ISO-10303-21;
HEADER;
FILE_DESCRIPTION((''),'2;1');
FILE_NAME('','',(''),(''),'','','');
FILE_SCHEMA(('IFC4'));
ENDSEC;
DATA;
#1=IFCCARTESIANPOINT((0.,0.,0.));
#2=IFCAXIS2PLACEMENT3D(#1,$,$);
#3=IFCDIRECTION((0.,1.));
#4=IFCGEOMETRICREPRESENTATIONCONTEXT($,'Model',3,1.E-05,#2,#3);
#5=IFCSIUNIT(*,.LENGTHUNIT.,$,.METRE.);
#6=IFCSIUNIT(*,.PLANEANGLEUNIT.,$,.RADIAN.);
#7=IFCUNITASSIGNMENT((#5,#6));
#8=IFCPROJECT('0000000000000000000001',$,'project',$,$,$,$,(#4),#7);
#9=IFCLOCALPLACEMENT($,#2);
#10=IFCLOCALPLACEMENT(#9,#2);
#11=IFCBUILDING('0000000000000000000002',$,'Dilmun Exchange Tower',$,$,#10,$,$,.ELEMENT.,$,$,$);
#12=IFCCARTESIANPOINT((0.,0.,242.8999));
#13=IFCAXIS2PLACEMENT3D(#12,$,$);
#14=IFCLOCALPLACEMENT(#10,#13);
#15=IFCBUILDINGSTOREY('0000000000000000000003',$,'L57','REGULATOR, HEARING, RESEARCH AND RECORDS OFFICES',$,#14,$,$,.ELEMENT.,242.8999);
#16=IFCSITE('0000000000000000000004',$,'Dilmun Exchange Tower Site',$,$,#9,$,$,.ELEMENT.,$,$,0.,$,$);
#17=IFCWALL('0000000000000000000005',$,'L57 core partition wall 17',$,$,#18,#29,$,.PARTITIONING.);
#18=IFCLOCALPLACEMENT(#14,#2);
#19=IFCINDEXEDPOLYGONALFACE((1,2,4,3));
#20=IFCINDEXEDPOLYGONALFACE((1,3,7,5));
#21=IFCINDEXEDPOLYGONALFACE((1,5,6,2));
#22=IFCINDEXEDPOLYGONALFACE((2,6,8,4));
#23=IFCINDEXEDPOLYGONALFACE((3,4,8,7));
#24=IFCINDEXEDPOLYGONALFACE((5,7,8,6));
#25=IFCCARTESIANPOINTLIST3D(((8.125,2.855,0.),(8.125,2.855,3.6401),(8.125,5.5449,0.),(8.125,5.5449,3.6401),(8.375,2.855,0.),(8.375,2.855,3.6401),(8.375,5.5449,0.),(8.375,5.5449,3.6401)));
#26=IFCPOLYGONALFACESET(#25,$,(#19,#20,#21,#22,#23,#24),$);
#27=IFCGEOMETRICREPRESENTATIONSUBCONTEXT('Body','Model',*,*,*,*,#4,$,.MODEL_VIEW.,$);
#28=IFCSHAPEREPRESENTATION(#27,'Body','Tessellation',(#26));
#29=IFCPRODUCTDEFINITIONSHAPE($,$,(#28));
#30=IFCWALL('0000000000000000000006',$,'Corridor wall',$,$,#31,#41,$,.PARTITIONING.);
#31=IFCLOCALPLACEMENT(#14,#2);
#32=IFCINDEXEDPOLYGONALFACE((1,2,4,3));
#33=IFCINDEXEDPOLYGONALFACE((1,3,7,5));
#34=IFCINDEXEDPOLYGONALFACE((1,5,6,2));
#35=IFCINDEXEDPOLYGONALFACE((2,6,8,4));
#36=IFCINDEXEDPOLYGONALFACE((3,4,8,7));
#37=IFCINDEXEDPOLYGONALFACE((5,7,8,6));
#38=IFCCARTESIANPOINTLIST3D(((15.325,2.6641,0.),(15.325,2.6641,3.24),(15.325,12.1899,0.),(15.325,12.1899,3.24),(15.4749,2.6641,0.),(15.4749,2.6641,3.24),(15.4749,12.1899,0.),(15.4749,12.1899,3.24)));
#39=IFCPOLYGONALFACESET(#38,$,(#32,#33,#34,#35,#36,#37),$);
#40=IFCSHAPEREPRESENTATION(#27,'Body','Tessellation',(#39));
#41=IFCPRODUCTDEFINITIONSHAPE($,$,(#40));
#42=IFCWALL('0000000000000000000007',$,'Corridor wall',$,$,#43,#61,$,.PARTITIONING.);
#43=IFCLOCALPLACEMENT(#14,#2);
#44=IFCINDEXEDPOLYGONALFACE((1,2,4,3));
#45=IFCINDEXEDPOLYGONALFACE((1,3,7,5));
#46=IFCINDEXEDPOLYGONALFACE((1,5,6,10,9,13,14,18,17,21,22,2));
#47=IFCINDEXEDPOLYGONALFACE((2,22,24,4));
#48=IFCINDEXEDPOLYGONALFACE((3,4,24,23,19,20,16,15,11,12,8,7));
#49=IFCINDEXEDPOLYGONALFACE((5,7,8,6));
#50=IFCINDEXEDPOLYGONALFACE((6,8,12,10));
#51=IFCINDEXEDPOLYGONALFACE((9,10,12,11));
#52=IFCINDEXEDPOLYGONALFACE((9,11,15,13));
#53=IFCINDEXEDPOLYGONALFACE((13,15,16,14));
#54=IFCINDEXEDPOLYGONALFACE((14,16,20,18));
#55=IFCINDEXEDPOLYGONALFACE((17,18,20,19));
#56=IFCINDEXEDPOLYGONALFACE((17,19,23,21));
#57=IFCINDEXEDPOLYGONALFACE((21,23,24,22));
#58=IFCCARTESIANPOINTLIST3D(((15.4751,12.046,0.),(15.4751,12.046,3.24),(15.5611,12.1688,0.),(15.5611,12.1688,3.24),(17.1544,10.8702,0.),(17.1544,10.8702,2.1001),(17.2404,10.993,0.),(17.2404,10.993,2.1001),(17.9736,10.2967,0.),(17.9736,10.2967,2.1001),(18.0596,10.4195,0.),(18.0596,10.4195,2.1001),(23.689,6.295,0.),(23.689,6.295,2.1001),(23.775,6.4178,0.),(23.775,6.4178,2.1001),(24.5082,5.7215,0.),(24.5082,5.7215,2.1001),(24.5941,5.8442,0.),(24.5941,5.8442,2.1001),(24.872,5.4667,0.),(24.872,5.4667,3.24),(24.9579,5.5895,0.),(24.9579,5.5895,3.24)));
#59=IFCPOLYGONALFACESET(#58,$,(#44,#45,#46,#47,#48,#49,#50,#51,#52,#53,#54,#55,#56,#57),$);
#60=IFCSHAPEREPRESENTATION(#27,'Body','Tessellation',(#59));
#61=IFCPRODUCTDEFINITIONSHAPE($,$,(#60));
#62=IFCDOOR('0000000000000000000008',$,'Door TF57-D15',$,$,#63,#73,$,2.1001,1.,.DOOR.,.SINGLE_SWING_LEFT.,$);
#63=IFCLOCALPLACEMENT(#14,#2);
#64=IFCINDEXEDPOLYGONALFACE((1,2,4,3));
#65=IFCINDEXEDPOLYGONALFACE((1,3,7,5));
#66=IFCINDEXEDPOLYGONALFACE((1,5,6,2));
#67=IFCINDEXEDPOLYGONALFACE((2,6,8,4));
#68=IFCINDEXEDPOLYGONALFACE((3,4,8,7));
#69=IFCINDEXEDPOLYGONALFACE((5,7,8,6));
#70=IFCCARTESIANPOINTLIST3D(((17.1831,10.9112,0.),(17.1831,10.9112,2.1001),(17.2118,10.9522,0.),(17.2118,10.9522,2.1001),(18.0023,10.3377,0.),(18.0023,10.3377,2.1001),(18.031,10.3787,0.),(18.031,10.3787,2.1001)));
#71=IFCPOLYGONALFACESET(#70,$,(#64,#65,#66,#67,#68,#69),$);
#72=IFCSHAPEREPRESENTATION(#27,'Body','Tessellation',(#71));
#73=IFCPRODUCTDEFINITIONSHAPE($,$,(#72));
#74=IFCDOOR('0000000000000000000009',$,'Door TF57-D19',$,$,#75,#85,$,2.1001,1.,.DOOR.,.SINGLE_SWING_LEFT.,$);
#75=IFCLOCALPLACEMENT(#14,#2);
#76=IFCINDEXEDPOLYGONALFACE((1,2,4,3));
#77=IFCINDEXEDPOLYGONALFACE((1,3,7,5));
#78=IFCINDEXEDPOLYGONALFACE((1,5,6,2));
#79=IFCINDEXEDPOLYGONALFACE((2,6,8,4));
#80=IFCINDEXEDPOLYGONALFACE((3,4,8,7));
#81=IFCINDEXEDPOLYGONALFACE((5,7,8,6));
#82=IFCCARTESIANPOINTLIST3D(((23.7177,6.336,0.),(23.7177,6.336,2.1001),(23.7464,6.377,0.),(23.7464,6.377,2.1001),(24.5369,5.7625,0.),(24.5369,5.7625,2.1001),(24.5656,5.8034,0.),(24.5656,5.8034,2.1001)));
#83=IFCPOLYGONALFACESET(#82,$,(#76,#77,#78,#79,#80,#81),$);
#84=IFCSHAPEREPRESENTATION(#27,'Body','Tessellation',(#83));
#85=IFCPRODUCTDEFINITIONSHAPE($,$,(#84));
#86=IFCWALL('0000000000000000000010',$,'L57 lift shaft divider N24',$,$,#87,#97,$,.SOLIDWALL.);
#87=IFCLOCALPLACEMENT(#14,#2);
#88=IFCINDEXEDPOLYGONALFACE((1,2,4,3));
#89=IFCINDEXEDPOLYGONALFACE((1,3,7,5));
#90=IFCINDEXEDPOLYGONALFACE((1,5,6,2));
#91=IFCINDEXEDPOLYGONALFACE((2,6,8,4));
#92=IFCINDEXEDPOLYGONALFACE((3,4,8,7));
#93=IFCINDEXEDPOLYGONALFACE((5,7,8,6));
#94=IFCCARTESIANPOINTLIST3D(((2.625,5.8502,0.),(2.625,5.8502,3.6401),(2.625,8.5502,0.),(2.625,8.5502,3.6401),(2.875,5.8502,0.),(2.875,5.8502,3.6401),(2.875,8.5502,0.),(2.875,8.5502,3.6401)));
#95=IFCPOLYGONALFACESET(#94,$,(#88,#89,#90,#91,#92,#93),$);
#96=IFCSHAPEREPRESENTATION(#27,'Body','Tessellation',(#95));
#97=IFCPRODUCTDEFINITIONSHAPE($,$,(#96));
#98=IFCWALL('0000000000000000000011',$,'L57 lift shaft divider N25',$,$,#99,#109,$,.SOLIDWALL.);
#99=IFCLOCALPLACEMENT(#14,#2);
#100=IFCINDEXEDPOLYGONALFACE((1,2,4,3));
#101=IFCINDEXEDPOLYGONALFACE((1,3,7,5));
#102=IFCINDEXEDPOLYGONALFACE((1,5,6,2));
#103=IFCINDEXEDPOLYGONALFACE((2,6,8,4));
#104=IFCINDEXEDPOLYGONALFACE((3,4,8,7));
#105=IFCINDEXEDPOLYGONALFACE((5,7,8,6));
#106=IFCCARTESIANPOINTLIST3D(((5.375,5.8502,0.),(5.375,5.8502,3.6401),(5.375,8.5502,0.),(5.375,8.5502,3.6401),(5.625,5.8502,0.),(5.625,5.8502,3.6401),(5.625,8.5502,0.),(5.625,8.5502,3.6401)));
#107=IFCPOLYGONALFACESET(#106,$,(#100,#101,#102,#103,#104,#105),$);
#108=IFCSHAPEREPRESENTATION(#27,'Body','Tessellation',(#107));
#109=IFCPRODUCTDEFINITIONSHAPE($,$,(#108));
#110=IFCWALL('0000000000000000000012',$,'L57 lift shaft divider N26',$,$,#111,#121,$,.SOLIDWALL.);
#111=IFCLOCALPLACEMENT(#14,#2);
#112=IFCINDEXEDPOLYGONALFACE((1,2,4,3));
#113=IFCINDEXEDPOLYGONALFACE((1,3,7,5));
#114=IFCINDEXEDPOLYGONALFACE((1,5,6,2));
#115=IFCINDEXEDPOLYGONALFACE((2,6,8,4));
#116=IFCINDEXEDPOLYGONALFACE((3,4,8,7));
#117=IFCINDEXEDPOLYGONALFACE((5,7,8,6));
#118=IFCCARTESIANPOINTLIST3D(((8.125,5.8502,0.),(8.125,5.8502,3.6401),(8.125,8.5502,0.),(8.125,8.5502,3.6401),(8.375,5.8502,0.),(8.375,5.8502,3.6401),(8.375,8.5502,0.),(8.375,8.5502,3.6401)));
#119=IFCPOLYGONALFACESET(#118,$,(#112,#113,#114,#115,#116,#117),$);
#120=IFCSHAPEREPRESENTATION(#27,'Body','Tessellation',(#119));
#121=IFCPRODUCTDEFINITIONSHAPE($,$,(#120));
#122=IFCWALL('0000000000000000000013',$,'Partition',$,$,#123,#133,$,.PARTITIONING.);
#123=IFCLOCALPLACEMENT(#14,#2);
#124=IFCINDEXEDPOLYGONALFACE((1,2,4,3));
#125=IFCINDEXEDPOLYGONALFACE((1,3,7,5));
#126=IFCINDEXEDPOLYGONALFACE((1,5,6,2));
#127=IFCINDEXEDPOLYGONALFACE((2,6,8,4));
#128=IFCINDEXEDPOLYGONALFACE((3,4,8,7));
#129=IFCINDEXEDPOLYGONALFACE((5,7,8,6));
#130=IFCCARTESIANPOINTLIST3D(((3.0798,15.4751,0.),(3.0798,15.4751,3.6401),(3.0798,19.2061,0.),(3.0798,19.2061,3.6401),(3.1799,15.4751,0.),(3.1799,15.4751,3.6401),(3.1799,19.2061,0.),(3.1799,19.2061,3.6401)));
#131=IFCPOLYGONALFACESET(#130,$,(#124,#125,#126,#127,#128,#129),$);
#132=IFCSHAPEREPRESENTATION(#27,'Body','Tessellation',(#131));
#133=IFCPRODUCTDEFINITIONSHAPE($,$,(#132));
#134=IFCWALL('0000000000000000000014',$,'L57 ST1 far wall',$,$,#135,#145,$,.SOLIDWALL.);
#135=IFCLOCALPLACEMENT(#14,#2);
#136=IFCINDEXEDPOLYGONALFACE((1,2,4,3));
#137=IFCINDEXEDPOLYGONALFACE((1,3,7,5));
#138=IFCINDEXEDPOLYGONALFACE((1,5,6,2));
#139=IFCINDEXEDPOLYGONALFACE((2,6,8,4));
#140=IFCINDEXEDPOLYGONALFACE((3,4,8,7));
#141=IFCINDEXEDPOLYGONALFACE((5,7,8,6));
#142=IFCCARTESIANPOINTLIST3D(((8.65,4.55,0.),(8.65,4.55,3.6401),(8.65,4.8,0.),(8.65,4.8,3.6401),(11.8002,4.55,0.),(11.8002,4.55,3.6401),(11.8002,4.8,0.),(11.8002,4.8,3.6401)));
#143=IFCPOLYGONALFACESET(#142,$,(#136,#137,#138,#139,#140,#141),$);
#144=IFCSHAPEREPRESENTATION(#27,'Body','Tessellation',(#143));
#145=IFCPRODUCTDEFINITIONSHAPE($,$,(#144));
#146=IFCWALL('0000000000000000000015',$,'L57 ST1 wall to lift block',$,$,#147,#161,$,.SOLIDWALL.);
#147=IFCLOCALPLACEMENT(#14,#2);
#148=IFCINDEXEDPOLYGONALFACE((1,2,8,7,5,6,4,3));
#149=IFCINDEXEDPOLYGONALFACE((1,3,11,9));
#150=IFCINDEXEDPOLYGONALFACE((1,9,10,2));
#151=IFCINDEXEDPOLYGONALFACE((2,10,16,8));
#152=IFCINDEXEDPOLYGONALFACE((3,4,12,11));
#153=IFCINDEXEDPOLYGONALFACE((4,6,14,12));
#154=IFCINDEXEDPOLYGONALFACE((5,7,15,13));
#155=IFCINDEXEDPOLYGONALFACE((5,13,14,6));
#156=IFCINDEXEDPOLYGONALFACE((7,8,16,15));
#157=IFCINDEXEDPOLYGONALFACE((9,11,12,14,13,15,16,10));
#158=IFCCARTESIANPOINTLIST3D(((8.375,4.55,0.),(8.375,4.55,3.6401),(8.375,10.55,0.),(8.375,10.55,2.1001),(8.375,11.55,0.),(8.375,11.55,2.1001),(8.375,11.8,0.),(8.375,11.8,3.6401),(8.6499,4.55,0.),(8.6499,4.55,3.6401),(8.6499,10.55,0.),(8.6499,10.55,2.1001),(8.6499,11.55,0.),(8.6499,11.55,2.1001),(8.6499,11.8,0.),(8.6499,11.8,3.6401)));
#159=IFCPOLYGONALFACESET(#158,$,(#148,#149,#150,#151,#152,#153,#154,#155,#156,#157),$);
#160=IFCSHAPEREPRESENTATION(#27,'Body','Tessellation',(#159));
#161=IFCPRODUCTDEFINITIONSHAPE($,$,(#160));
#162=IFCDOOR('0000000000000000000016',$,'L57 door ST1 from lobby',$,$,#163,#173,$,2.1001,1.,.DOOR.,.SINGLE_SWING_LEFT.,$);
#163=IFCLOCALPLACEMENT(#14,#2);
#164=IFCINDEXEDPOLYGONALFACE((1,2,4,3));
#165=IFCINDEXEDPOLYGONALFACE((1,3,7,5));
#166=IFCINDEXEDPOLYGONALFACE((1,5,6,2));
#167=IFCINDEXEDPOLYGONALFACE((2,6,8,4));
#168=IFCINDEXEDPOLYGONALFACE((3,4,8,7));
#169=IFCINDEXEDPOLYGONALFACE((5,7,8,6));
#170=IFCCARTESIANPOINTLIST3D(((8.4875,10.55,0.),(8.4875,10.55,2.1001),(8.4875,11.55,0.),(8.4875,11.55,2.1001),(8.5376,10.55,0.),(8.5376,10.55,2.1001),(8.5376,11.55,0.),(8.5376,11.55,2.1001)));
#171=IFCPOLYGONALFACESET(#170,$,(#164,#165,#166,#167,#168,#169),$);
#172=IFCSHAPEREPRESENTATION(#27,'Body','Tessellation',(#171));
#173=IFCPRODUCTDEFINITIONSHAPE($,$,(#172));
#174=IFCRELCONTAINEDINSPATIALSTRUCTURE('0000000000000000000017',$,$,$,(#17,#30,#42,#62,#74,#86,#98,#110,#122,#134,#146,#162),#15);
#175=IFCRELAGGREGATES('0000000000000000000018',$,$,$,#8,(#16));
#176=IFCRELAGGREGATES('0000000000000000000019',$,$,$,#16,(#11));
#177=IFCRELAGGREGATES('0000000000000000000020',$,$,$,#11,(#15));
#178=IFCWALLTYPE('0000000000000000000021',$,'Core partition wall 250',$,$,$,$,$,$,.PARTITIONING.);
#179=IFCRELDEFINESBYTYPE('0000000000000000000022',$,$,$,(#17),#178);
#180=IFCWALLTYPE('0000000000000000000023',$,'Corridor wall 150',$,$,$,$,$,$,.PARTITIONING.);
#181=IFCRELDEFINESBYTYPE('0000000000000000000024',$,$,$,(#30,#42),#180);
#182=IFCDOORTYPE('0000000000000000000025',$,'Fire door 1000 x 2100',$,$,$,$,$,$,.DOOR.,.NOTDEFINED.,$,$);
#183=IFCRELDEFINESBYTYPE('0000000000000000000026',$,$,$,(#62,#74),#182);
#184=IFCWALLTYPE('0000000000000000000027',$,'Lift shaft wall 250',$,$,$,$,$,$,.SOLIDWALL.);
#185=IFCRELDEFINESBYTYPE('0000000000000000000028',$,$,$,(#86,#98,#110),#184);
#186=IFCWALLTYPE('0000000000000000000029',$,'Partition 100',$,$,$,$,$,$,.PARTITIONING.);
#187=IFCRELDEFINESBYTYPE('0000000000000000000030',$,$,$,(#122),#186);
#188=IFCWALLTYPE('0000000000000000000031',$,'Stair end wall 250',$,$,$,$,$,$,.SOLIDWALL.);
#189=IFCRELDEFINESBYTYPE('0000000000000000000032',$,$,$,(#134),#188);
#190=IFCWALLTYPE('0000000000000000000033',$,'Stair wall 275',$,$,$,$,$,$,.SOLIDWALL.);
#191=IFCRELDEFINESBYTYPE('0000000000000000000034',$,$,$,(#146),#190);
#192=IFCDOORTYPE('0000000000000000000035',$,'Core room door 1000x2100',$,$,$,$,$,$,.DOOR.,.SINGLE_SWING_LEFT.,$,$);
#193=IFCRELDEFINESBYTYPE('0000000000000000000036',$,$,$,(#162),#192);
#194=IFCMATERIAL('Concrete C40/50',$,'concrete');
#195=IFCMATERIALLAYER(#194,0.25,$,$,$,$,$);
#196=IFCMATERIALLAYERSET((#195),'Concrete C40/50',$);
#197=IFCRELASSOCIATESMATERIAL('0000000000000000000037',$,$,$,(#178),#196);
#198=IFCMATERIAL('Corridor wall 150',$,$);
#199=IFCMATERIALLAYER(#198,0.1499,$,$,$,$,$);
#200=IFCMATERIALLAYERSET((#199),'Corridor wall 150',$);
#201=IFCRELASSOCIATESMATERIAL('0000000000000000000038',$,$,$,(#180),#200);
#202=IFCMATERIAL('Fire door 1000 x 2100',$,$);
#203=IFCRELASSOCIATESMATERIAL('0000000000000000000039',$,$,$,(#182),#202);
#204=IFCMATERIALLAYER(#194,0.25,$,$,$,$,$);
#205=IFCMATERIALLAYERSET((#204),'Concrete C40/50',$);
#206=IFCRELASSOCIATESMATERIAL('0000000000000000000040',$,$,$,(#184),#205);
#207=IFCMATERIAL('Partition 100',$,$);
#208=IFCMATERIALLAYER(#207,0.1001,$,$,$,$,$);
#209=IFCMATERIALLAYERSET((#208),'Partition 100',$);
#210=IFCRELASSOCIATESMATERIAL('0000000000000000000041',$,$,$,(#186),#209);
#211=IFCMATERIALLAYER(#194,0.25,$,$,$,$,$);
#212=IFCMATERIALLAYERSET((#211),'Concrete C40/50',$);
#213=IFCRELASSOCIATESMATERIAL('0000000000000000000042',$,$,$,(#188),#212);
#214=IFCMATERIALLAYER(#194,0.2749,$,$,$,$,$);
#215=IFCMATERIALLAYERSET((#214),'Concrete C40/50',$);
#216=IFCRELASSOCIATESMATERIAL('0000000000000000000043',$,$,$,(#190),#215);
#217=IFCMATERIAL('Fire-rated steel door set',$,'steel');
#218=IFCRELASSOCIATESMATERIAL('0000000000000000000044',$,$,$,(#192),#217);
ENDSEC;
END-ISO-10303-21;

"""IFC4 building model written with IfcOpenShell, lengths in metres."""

from ifc_helpers import new_model, si_unit, direction, frame, frame_2d, origin, place, context, subcontext, project, spatial, rectangle, extrude, material, layer, layer_set, type_object, element, fill, save


model = new_model("IFC4")

# Units and contexts
model_context = context("Model", 3, precision=1e-05, world=origin(), true_north=direction((0.0, 1.0)))
body_context = subcontext(model_context, "Body", "Model", "MODEL_VIEW")
ifc_project = project(units=[si_unit("LENGTHUNIT", "METRE"), si_unit("PLANEANGLEUNIT", "RADIAN")], contexts=[model_context])

# Site, building, storey
site_placement = place(None, origin())
site = spatial("IfcSite", under=ifc_project, at=site_placement, Name="Dilmun Exchange Tower Site", CompositionType="ELEMENT", RefElevation=0.0)
building_placement = place(site_placement, origin())
building = spatial("IfcBuilding", under=site, at=building_placement, Name="Dilmun Exchange Tower", CompositionType="ELEMENT")
storey_placement = place(building_placement, frame((0.0, 0.0, 242.8999)))
storey = spatial("IfcBuildingStorey", under=building, at=storey_placement, Name="L57", Description="REGULATOR, HEARING, RESEARCH AND RECORDS OFFICES", CompositionType="ELEMENT", Elevation=242.8999)

# Walls
ifc_material_1 = material(Name="Concrete C40/50", Category="concrete")
ifc_layer_1 = layer(ifc_material_1, 0.25)
ifc_layer_set_1 = layer_set([ifc_layer_1], Name="Concrete C40/50")
wall_type_1 = type_object("IfcWallType", Name="Core partition wall 250", PredefinedType="PARTITIONING", material=ifc_layer_set_1)
wall_1_placement = place(storey_placement, frame((8.25, 2.855, 0.0), z_axis=(0.0, 0.0, 1.0), x_axis=(0.0, 1.0, 0.0)))
element("IfcWall", 1, at=wall_1_placement, inside=storey, type_object=wall_type_1, Name="L57 core partition wall 17", PredefinedType="PARTITIONING", context=body_context, shape_type="SweptSolid", body=[
    extrude(rectangle(XDim=2.6899, YDim=0.25, at=frame_2d((1.345, 0.0))), origin(), (0.0, 0.0, 1.0), 3.6401),
])
ifc_material_2 = material(Name="Corridor wall 150")
ifc_layer_2 = layer(ifc_material_2, 0.1499)
ifc_layer_set_2 = layer_set([ifc_layer_2], Name="Corridor wall 150")
wall_type_2 = type_object("IfcWallType", Name="Corridor wall 150", PredefinedType="PARTITIONING", material=ifc_layer_set_2)
wall_2_placement = place(storey_placement, frame((15.3999, 2.6641, 0.0), z_axis=(0.0, 0.0, 1.0), x_axis=(0.0, 1.0, 0.0)))
element("IfcWall", 2, at=wall_2_placement, inside=storey, type_object=wall_type_2, Name="Corridor wall", PredefinedType="PARTITIONING", context=body_context, shape_type="SweptSolid", body=[
    extrude(rectangle(XDim=9.5259, YDim=0.1499, at=frame_2d((4.7629, 0.0))), origin(), (0.0, 0.0, 1.0), 3.24),
])

# Wall, openings, doors
wall_3_placement = place(storey_placement, frame((15.5181, 12.1074, 0.0), z_axis=(0.0, 0.0, 1.0), x_axis=(0.819172, -0.573548, 0.0)))
wall_3 = element("IfcWall", 3, at=wall_3_placement, inside=storey, type_object=wall_type_2, Name="Corridor wall", PredefinedType="PARTITIONING", context=body_context, shape_type="SweptSolid", body=[
    extrude(rectangle(XDim=11.4712, YDim=0.1499, at=frame_2d((5.7356, 0.0))), origin(), (0.0, 0.0, 1.0), 3.24),
])
opening_1_placement = place(wall_3_placement, frame((2.05, 0.0, 0.0)))
opening_1 = element("IfcOpeningElement", 4, at=opening_1_placement, cuts=wall_3, PredefinedType="OPENING", context=body_context, shape_type="SweptSolid", body=[
    extrude(rectangle(XDim=1.0, YDim=2.1001, at=frame_2d((0.5, 1.05))), frame((0.0, 0.085, 0.0), z_axis=(0.0, -1.0, 0.0), x_axis=(1.0, 0.0, 0.0)), (0.0, 0.0, 1.0), 0.1699),
])
opening_2_placement = place(wall_3_placement, frame((10.0271, 0.0, 0.0)))
opening_2 = element("IfcOpeningElement", 5, at=opening_2_placement, cuts=wall_3, PredefinedType="OPENING", context=body_context, shape_type="SweptSolid", body=[
    extrude(rectangle(XDim=1.0, YDim=2.1001, at=frame_2d((0.5, 1.05))), frame((0.0, 0.085, 0.0), z_axis=(0.0, -1.0, 0.0), x_axis=(1.0, 0.0, 0.0)), (0.0, 0.0, 1.0), 0.1699),
])
ifc_material_3 = material(Name="Fire door 1000 x 2100")
door_type_1 = type_object("IfcDoorType", Name="Fire door 1000 x 2100", OperationType="NOTDEFINED", PredefinedType="DOOR", material=ifc_material_3)
door_1_placement = place(opening_1_placement, frame((1.0, 0.0, 0.0), z_axis=(0.0, 0.0, 1.0), x_axis=(-1.0, 0.0, 0.0)))
door_1 = element("IfcDoor", 6, at=door_1_placement, inside=storey, type_object=door_type_1, Name="Door TF57-D15", OperationType="SINGLE_SWING_LEFT", OverallHeight=2.1001, OverallWidth=1.0, PredefinedType="DOOR", context=body_context, shape_type="SweptSolid", body=[
    extrude(rectangle(XDim=1.0, YDim=2.1001, at=frame_2d((0.5, 1.05))), frame((0.0, 0.0249, 0.0), z_axis=(0.0, -1.0, 0.0), x_axis=(1.0, 0.0, 0.0)), (0.0, 0.0, 1.0), 0.05),
])
fill(opening_1, door_1)
door_2_placement = place(opening_2_placement, frame((1.0, 0.0, 0.0), z_axis=(0.0, 0.0, 1.0), x_axis=(-1.0, 0.0, 0.0)))
door_2 = element("IfcDoor", 7, at=door_2_placement, inside=storey, type_object=door_type_1, Name="Door TF57-D19", OperationType="SINGLE_SWING_LEFT", OverallHeight=2.1001, OverallWidth=1.0, PredefinedType="DOOR", context=body_context, shape_type="SweptSolid", body=[
    extrude(rectangle(XDim=1.0, YDim=2.1001, at=frame_2d((0.5, 1.05))), frame((0.0, 0.0249, 0.0), z_axis=(0.0, -1.0, 0.0), x_axis=(1.0, 0.0, 0.0)), (0.0, 0.0, 1.0), 0.05),
])
fill(opening_2, door_2)

# Walls
ifc_layer_3 = layer(ifc_material_1, 0.25)
ifc_layer_set_3 = layer_set([ifc_layer_3], Name="Concrete C40/50")
wall_type_3 = type_object("IfcWallType", Name="Lift shaft wall 250", PredefinedType="SOLIDWALL", material=ifc_layer_set_3)
for number, where, z_axis, x_axis, name in (
    (8, (2.75, 5.8501, 0.0), (0.0, 0.0, 1.0), (0.0, 1.0, 0.0), "L57 lift shaft divider N24"),
    (9, (5.5, 5.8501, 0.0), (0.0, 0.0, 1.0), (0.0, 1.0, 0.0), "L57 lift shaft divider N25"),
    (10, (8.25, 5.8501, 0.0), (0.0, 0.0, 1.0), (0.0, 1.0, 0.0), "L57 lift shaft divider N26"),
):
    element("IfcWall", number, at=place(storey_placement, frame(where, z_axis=z_axis, x_axis=x_axis)), inside=storey, type_object=wall_type_3, Name=name, PredefinedType="SOLIDWALL", context=body_context, shape_type="SweptSolid", body=[
        extrude(rectangle(XDim=2.7, YDim=0.25, at=frame_2d((1.3501, 0.0))), origin(), (0.0, 0.0, 1.0), 3.6401),
    ])
ifc_material_4 = material(Name="Partition 100")
ifc_layer_4 = layer(ifc_material_4, 0.1001)
ifc_layer_set_4 = layer_set([ifc_layer_4], Name="Partition 100")
wall_type_4 = type_object("IfcWallType", Name="Partition 100", PredefinedType="PARTITIONING", material=ifc_layer_set_4)
wall_4_placement = place(storey_placement, frame((3.1299, 15.4751, 0.0), z_axis=(0.0, 0.0, 1.0), x_axis=(0.0, 1.0, 0.0)))
element("IfcWall", 11, at=wall_4_placement, inside=storey, type_object=wall_type_4, Name="Partition", PredefinedType="PARTITIONING", context=body_context, shape_type="SweptSolid", body=[
    extrude(rectangle(XDim=3.731, YDim=0.1001, at=frame_2d((1.8655, 0.0))), origin(), (0.0, 0.0, 1.0), 3.6401),
])
ifc_layer_5 = layer(ifc_material_1, 0.25)
ifc_layer_set_5 = layer_set([ifc_layer_5], Name="Concrete C40/50")
wall_type_5 = type_object("IfcWallType", Name="Stair end wall 250", PredefinedType="SOLIDWALL", material=ifc_layer_set_5)
wall_5_placement = place(storey_placement, frame((8.6499, 4.675, 0.0), z_axis=(0.0, 0.0, 1.0), x_axis=(1.0, 0.0, 0.0)))
element("IfcWall", 12, at=wall_5_placement, inside=storey, type_object=wall_type_5, Name="L57 ST1 far wall", PredefinedType="SOLIDWALL", context=body_context, shape_type="SweptSolid", body=[
    extrude(rectangle(XDim=3.1501, YDim=0.25, at=frame_2d((1.5752, 0.0))), origin(), (0.0, 0.0, 1.0), 3.6401),
])

# Wall, opening, door
ifc_layer_6 = layer(ifc_material_1, 0.2749)
ifc_layer_set_6 = layer_set([ifc_layer_6], Name="Concrete C40/50")
wall_type_6 = type_object("IfcWallType", Name="Stair wall 275", PredefinedType="SOLIDWALL", material=ifc_layer_set_6)
wall_6_placement = place(storey_placement, frame((8.5125, 4.55, 0.0), z_axis=(0.0, 0.0, 1.0), x_axis=(0.0, 1.0, 0.0)))
wall_6 = element("IfcWall", 13, at=wall_6_placement, inside=storey, type_object=wall_type_6, Name="L57 ST1 wall to lift block", PredefinedType="SOLIDWALL", context=body_context, shape_type="SweptSolid", body=[
    extrude(rectangle(XDim=7.25, YDim=0.2749, at=frame_2d((3.625, 0.0))), origin(), (0.0, 0.0, 1.0), 3.6401),
])
opening_3_placement = place(wall_6_placement, frame((6.0, 0.0, 0.0)))
opening_3 = element("IfcOpeningElement", 14, at=opening_3_placement, cuts=wall_6, PredefinedType="OPENING", context=body_context, shape_type="SweptSolid", body=[
    extrude(rectangle(XDim=1.0, YDim=2.1001, at=frame_2d((0.5, 1.05))), frame((0.0, 0.1475, 0.0), z_axis=(0.0, -1.0, 0.0), x_axis=(1.0, 0.0, 0.0)), (0.0, 0.0, 1.0), 0.2949),
])
ifc_material_5 = material(Name="Fire-rated steel door set", Category="steel")
door_type_2 = type_object("IfcDoorType", Name="Core room door 1000x2100", OperationType="SINGLE_SWING_LEFT", PredefinedType="DOOR", material=ifc_material_5)
door_3_placement = place(opening_3_placement, origin())
door_3 = element("IfcDoor", 15, at=door_3_placement, inside=storey, type_object=door_type_2, Name="L57 door ST1 from lobby", OperationType="SINGLE_SWING_LEFT", OverallHeight=2.1001, OverallWidth=1.0, PredefinedType="DOOR", context=body_context, shape_type="SweptSolid", body=[
    extrude(rectangle(XDim=1.0, YDim=2.1001, at=frame_2d((0.5, 1.05))), frame((0.0, 0.0249, 0.0), z_axis=(0.0, -1.0, 0.0), x_axis=(1.0, 0.0, 0.0)), (0.0, 0.0, 1.0), 0.05),
])
fill(opening_3, door_3)

save(model, "model.ifc")
